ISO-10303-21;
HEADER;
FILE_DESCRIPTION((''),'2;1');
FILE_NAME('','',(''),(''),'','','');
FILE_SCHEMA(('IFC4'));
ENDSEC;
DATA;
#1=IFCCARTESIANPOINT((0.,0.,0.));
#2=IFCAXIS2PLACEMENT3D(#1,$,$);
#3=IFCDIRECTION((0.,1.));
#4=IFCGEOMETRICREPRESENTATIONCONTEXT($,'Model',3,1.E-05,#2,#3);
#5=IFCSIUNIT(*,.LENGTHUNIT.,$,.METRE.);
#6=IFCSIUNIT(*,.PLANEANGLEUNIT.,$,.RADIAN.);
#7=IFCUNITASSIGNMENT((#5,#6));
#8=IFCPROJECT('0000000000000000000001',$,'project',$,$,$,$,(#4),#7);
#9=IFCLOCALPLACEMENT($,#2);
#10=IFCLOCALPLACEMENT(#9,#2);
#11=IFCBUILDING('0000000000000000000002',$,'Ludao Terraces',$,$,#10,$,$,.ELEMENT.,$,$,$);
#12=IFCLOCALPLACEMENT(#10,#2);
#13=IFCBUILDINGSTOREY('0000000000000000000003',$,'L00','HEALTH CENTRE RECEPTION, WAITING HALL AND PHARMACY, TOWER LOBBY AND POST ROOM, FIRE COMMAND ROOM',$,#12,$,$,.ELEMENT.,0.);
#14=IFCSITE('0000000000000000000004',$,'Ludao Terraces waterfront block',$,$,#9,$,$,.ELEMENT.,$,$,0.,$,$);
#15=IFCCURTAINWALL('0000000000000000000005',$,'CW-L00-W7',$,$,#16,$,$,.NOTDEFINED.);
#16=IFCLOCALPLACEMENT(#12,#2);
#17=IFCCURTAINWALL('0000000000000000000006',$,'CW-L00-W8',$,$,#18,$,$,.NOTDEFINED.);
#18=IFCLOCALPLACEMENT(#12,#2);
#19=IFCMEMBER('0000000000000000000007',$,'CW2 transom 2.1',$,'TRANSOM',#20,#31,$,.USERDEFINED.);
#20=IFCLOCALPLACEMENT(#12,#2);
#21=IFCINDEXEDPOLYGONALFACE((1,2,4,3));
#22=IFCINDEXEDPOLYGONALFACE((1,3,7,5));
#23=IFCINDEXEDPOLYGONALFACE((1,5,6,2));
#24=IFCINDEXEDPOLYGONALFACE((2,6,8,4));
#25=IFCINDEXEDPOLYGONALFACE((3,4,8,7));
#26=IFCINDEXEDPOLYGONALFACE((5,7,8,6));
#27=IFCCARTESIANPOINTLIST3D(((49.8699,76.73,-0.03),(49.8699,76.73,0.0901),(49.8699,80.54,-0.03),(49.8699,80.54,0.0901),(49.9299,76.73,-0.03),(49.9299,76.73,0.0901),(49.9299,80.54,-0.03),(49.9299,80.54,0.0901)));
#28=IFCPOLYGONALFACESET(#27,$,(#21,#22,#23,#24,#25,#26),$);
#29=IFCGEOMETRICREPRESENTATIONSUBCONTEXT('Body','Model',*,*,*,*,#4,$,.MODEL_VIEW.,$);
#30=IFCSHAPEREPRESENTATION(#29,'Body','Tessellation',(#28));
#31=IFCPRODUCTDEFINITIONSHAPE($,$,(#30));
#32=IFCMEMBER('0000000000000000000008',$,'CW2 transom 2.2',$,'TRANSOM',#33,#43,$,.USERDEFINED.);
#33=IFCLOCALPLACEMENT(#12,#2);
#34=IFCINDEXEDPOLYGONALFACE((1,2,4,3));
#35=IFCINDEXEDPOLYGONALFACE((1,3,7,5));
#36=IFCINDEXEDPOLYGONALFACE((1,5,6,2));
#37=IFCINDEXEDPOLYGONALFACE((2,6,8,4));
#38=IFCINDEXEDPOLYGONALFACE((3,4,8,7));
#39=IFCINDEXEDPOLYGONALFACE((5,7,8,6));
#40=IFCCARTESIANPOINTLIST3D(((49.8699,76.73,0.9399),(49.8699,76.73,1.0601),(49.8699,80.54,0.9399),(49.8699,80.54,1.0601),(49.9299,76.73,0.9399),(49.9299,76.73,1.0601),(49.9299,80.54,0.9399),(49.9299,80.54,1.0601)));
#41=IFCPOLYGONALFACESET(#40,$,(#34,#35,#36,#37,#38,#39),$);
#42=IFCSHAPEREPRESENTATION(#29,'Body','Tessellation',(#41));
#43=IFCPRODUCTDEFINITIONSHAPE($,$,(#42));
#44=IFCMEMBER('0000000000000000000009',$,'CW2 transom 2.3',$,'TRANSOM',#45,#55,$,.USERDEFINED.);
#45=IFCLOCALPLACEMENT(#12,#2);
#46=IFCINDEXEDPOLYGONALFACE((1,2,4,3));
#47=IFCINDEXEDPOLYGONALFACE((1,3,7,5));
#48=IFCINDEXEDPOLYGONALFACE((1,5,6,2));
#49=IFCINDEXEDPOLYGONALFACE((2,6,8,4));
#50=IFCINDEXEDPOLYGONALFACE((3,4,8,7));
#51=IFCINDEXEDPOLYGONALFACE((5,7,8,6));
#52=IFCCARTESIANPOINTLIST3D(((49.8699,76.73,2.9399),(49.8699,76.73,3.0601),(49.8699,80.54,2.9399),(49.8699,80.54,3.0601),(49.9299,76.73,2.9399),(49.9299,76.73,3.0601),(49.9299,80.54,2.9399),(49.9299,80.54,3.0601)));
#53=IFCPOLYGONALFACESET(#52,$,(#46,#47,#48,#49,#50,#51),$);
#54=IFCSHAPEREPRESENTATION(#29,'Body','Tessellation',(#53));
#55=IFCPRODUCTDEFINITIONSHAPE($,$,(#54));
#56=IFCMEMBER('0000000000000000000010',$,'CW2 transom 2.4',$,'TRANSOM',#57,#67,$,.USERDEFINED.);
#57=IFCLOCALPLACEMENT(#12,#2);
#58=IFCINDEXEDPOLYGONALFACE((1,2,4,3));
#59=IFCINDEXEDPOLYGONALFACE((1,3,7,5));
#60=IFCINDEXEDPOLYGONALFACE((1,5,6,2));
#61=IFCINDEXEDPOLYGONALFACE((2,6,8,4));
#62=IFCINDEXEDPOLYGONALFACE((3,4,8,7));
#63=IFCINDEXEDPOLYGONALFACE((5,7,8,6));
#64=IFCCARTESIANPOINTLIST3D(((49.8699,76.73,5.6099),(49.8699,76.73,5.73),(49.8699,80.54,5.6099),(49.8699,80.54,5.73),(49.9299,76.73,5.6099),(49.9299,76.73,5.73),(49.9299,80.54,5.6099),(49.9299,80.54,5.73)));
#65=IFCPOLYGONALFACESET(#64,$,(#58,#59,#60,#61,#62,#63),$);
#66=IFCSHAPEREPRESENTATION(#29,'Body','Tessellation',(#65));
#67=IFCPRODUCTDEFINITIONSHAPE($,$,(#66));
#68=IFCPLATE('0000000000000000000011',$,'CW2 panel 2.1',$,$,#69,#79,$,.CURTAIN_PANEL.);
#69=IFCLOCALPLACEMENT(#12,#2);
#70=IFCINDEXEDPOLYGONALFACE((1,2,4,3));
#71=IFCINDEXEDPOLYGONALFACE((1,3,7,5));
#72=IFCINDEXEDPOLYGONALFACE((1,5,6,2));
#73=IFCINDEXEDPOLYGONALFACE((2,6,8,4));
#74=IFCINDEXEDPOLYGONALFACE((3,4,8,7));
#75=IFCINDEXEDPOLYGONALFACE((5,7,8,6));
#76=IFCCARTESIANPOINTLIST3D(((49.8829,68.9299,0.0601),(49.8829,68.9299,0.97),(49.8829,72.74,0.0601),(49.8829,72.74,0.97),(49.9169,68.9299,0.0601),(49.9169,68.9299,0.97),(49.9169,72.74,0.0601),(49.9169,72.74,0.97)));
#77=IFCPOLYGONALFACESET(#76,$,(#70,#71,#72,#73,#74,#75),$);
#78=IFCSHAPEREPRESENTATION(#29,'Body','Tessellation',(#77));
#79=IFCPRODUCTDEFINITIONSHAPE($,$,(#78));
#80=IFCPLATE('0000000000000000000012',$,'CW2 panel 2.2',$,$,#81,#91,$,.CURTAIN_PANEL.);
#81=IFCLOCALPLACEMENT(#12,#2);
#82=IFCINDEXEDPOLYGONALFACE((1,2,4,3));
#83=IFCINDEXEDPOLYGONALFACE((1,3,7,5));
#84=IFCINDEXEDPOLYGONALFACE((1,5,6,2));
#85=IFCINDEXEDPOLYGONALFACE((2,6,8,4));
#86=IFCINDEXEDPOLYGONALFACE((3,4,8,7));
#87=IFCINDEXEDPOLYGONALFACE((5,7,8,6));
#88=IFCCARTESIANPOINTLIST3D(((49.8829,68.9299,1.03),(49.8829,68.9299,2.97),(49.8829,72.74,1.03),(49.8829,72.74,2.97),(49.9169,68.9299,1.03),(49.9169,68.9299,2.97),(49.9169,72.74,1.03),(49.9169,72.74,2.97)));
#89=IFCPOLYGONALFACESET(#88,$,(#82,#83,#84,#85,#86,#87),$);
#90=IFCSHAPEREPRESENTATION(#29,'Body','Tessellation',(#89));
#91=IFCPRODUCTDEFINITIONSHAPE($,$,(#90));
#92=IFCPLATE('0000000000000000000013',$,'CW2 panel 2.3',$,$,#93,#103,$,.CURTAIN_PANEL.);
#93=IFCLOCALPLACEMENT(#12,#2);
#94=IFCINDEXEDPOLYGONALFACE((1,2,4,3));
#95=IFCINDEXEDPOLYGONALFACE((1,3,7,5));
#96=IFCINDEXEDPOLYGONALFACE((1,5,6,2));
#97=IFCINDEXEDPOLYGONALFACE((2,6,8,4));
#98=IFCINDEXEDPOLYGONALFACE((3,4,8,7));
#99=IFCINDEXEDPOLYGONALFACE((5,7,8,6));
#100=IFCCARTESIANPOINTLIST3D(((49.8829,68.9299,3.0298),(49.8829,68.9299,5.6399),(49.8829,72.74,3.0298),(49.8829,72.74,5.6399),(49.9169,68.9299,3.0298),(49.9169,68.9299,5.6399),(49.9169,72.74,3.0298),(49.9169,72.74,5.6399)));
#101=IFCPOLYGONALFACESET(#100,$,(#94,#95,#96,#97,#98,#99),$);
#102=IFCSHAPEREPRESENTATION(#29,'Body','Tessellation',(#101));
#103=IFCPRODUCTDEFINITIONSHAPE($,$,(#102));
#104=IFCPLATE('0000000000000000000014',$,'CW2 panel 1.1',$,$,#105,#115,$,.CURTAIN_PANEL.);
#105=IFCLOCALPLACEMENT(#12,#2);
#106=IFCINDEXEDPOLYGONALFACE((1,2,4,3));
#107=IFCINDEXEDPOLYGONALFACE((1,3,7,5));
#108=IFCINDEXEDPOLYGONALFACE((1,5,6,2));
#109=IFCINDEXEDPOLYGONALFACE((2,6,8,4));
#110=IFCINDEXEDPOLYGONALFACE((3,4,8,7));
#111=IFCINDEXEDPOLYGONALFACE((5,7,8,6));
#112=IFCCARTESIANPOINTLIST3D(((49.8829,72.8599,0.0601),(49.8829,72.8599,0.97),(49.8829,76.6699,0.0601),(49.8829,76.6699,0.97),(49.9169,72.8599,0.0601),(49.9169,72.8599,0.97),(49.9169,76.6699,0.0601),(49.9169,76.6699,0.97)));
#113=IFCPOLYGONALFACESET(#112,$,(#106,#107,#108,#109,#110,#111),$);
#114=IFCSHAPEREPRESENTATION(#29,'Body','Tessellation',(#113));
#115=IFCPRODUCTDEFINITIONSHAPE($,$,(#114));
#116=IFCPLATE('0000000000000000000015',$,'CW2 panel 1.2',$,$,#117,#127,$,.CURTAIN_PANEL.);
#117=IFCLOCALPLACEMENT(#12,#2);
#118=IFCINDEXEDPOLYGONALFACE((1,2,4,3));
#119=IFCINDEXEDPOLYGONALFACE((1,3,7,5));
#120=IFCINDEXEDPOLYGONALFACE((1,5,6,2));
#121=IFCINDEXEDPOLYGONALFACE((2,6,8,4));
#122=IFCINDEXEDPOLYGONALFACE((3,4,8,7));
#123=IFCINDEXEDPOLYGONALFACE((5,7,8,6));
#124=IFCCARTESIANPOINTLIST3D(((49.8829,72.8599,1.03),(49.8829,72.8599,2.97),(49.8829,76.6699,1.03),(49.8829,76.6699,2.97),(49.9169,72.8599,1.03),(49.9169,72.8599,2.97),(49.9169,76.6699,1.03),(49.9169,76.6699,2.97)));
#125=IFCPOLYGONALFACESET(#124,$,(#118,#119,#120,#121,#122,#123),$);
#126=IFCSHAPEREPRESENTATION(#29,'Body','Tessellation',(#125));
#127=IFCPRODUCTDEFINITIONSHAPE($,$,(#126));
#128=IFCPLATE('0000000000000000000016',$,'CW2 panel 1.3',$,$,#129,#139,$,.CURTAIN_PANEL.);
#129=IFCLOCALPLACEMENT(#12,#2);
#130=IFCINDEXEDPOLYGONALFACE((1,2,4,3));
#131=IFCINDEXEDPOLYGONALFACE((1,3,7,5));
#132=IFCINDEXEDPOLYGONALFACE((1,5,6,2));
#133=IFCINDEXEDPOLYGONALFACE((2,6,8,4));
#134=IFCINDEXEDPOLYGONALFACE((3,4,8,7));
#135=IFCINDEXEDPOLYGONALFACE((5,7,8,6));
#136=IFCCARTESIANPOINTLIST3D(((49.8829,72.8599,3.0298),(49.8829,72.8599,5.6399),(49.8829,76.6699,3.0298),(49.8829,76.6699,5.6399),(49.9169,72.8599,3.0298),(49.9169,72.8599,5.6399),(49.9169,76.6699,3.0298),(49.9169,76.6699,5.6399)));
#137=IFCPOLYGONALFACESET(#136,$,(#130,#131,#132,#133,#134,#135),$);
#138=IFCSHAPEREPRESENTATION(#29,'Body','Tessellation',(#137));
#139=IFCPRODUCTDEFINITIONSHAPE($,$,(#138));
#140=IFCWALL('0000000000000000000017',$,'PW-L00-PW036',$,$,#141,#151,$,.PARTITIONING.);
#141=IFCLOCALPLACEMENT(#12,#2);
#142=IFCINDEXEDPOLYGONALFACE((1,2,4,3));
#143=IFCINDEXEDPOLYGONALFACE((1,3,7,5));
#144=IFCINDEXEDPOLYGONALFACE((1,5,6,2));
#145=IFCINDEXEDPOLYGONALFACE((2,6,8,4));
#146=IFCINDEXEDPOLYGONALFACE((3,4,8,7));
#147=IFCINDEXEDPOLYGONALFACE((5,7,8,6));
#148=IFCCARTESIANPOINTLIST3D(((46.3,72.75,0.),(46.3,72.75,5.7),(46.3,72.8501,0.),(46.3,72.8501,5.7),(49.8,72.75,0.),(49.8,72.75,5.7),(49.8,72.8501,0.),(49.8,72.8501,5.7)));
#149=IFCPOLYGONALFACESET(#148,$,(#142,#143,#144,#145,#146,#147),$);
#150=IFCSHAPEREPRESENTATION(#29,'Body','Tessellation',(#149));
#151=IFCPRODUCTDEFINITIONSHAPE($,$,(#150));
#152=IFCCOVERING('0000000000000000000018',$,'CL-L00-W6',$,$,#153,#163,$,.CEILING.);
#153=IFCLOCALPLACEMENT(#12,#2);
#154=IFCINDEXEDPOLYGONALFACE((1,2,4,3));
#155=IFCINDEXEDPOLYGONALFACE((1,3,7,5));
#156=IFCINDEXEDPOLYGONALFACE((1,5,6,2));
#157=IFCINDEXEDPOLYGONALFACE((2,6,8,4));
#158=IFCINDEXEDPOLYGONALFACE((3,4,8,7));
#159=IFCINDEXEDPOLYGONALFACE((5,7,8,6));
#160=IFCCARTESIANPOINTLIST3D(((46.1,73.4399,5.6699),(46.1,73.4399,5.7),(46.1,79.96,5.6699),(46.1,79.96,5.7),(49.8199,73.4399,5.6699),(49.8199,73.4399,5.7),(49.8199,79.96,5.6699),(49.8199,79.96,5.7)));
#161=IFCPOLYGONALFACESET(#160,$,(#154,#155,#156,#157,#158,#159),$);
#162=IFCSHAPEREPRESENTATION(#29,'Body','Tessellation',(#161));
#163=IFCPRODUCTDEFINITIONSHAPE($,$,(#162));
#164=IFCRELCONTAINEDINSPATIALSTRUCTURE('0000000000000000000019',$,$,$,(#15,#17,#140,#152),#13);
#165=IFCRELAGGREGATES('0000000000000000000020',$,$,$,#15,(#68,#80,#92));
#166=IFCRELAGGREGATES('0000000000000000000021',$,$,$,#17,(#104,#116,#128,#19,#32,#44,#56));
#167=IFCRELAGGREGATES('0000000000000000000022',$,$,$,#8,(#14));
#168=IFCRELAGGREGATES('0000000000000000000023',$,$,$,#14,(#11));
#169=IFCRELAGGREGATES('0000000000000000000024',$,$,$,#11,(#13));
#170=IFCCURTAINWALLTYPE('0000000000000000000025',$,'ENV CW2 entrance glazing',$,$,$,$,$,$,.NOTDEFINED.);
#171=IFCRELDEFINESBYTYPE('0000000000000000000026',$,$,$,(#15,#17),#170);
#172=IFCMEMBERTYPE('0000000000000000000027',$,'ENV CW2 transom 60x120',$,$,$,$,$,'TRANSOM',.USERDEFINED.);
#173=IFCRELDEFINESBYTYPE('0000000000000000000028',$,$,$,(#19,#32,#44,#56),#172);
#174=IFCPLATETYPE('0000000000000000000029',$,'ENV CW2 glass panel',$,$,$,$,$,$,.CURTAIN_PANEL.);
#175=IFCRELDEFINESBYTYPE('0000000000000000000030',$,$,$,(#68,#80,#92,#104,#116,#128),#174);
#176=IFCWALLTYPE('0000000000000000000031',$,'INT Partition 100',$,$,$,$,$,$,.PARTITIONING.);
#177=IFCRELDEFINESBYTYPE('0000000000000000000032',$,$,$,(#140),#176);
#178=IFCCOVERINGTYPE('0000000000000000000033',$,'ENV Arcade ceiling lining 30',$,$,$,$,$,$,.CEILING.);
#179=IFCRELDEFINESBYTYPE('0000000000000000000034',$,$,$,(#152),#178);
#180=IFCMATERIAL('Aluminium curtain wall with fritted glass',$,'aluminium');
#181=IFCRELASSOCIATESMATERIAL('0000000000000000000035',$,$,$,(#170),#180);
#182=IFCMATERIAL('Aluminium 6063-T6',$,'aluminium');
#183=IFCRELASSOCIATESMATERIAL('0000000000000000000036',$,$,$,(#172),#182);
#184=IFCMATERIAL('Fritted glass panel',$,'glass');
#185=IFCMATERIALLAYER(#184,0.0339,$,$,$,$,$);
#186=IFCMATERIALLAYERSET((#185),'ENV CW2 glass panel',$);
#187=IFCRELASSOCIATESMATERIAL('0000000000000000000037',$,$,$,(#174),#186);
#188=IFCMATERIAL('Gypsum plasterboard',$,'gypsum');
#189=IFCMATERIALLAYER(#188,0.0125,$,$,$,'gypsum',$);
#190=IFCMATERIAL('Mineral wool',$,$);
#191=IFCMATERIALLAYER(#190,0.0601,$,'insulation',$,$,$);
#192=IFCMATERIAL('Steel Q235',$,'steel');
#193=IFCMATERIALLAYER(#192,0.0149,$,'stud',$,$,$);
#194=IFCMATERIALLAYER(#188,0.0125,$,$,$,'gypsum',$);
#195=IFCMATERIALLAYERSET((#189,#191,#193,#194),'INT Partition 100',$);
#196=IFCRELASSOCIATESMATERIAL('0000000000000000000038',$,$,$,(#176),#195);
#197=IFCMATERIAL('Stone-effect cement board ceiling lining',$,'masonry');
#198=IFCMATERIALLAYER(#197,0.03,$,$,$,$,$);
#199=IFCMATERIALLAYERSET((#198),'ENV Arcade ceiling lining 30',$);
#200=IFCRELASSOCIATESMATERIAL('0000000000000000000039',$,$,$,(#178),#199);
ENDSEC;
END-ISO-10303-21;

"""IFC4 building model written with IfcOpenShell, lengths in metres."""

from ifc_helpers import new_model, si_unit, direction, frame, frame_2d, origin, origin_2d, place, context, subcontext, project, spatial, rectangle, extrude, material, layer, layer_set, material_profile, profile_set, type_object, element, aggregate, save


model = new_model("IFC4")

# Units and contexts
model_context = context("Model", 3, precision=1e-05, world=origin(), true_north=direction((0.0, 1.0)))
body_context = subcontext(model_context, "Body", "Model", "MODEL_VIEW")
ifc_project = project(units=[si_unit("LENGTHUNIT", "METRE"), si_unit("PLANEANGLEUNIT", "RADIAN")], contexts=[model_context])

# Site, building, storey
site_placement = place(None, origin())
site = spatial("IfcSite", under=ifc_project, at=site_placement, Name="Ludao Terraces waterfront block", CompositionType="ELEMENT", RefElevation=0.0)
building_placement = place(site_placement, origin())
building = spatial("IfcBuilding", under=site, at=building_placement, Name="Ludao Terraces", CompositionType="ELEMENT")
storey_placement = place(building_placement, origin())
storey = spatial("IfcBuildingStorey", under=building, at=storey_placement, Name="L00", Description="HEALTH CENTRE RECEPTION, WAITING HALL AND PHARMACY, TOWER LOBBY AND POST ROOM, FIRE COMMAND ROOM", CompositionType="ELEMENT", Elevation=0.0)

# Curtain wall
ifc_material_1 = material(Name="Aluminium curtain wall with fritted glass", Category="aluminium")
curtain_wall_type = type_object("IfcCurtainWallType", Name="ENV CW2 entrance glazing", PredefinedType="NOTDEFINED", material=ifc_material_1)
curtain_wall_1_placement = place(storey_placement, origin())
curtain_wall_1 = element("IfcCurtainWall", 1, at=curtain_wall_1_placement, inside=storey, type_object=curtain_wall_type, Name="CW-L00-W7", PredefinedType="NOTDEFINED")
ifc_material_2 = material(Name="Aluminium 6063-T6", Category="aluminium")

# Curtain wall
curtain_wall_2_placement = place(storey_placement, origin())
curtain_wall_2 = element("IfcCurtainWall", 2, at=curtain_wall_2_placement, inside=storey, type_object=curtain_wall_type, Name="CW-L00-W8", PredefinedType="NOTDEFINED")

# Members
ifc_material_profile_1 = material_profile(ifc_material_2, rectangle(XDim=0.0601, YDim=0.1201, at=origin_2d()), Name="60 X 120")
ifc_profile_set_1 = profile_set([ifc_material_profile_1], Name="Aluminium 6063-T6")
member_type_1 = type_object("IfcMemberType", Name="ENV CW2 transom 60x120", ElementType="TRANSOM", PredefinedType="USERDEFINED", material=ifc_profile_set_1)
member_1_placement = place(storey_placement, frame((49.8999, 76.73, 0.03), z_axis=(0.0, 1.0, 0.0), x_axis=(-1.0, 0.0, 0.0)))
member_1 = element("IfcMember", 3, at=member_1_placement, type_object=member_type_1, Name="CW2 transom 2.1", ObjectType="TRANSOM", PredefinedType="USERDEFINED", context=body_context, shape_type="SweptSolid", body=[
    extrude(rectangle(XDim=0.0601, YDim=0.1201, at=origin_2d()), origin(), (0.0, 0.0, 1.0), 3.8101),
])
member_2_placement = place(storey_placement, frame((49.8999, 76.73, 1.0), z_axis=(0.0, 1.0, 0.0), x_axis=(-1.0, 0.0, 0.0)))
member_2 = element("IfcMember", 4, at=member_2_placement, type_object=member_type_1, Name="CW2 transom 2.2", ObjectType="TRANSOM", PredefinedType="USERDEFINED", context=body_context, shape_type="SweptSolid", body=[
    extrude(rectangle(XDim=0.0601, YDim=0.1201, at=origin_2d()), origin(), (0.0, 0.0, 1.0), 3.8101),
])
member_3_placement = place(storey_placement, frame((49.8999, 76.73, 3.0), z_axis=(0.0, 1.0, 0.0), x_axis=(-1.0, 0.0, 0.0)))
member_3 = element("IfcMember", 5, at=member_3_placement, type_object=member_type_1, Name="CW2 transom 2.3", ObjectType="TRANSOM", PredefinedType="USERDEFINED", context=body_context, shape_type="SweptSolid", body=[
    extrude(rectangle(XDim=0.0601, YDim=0.1201, at=origin_2d()), origin(), (0.0, 0.0, 1.0), 3.8101),
])
member_4_placement = place(storey_placement, frame((49.8999, 76.73, 5.6699), z_axis=(0.0, 1.0, 0.0), x_axis=(-1.0, 0.0, 0.0)))
member_4 = element("IfcMember", 6, at=member_4_placement, type_object=member_type_1, Name="CW2 transom 2.4", ObjectType="TRANSOM", PredefinedType="USERDEFINED", context=body_context, shape_type="SweptSolid", body=[
    extrude(rectangle(XDim=0.0601, YDim=0.1201, at=origin_2d()), origin(), (0.0, 0.0, 1.0), 3.8101),
])

# Plates
ifc_material_3 = material(Name="Fritted glass panel", Category="glass")
ifc_layer_1 = layer(ifc_material_3, 0.0339)
ifc_layer_set_1 = layer_set([ifc_layer_1], Name="ENV CW2 glass panel")
plate_type = type_object("IfcPlateType", Name="ENV CW2 glass panel", PredefinedType="CURTAIN_PANEL", material=ifc_layer_set_1)
plate_1_placement = place(storey_placement, frame((49.8999, 70.835, 0.0601), z_axis=(0.0, 0.0, 1.0), x_axis=(0.0, 1.0, 0.0)))
plate_1 = element("IfcPlate", 7, at=plate_1_placement, type_object=plate_type, Name="CW2 panel 2.1", PredefinedType="CURTAIN_PANEL", context=body_context, shape_type="SweptSolid", body=[
    extrude(rectangle(XDim=3.8101, YDim=0.0339, at=origin_2d()), origin(), (0.0, 0.0, 1.0), 0.9099),
])
plate_2_placement = place(storey_placement, frame((49.8999, 70.835, 1.03), z_axis=(0.0, 0.0, 1.0), x_axis=(0.0, 1.0, 0.0)))
plate_2 = element("IfcPlate", 8, at=plate_2_placement, type_object=plate_type, Name="CW2 panel 2.2", PredefinedType="CURTAIN_PANEL", context=body_context, shape_type="SweptSolid", body=[
    extrude(rectangle(XDim=3.8101, YDim=0.0339, at=origin_2d()), origin(), (0.0, 0.0, 1.0), 1.9399),
])
plate_3_placement = place(storey_placement, frame((49.8999, 70.835, 3.0298), z_axis=(0.0, 0.0, 1.0), x_axis=(0.0, 1.0, 0.0)))
plate_3 = element("IfcPlate", 9, at=plate_3_placement, type_object=plate_type, Name="CW2 panel 2.3", PredefinedType="CURTAIN_PANEL", context=body_context, shape_type="SweptSolid", body=[
    extrude(rectangle(XDim=3.8101, YDim=0.0339, at=origin_2d()), origin(), (0.0, 0.0, 1.0), 2.6101),
])
aggregate(curtain_wall_1, [plate_1, plate_2, plate_3])
plate_4_placement = place(storey_placement, frame((49.8999, 74.7649, 0.0601), z_axis=(0.0, 0.0, 1.0), x_axis=(0.0, 1.0, 0.0)))
plate_4 = element("IfcPlate", 10, at=plate_4_placement, type_object=plate_type, Name="CW2 panel 1.1", PredefinedType="CURTAIN_PANEL", context=body_context, shape_type="SweptSolid", body=[
    extrude(rectangle(XDim=3.8101, YDim=0.0339, at=origin_2d()), origin(), (0.0, 0.0, 1.0), 0.9099),
])
plate_5_placement = place(storey_placement, frame((49.8999, 74.7649, 1.03), z_axis=(0.0, 0.0, 1.0), x_axis=(0.0, 1.0, 0.0)))
plate_5 = element("IfcPlate", 11, at=plate_5_placement, type_object=plate_type, Name="CW2 panel 1.2", PredefinedType="CURTAIN_PANEL", context=body_context, shape_type="SweptSolid", body=[
    extrude(rectangle(XDim=3.8101, YDim=0.0339, at=origin_2d()), origin(), (0.0, 0.0, 1.0), 1.9399),
])
plate_6_placement = place(storey_placement, frame((49.8999, 74.7649, 3.0298), z_axis=(0.0, 0.0, 1.0), x_axis=(0.0, 1.0, 0.0)))
plate_6 = element("IfcPlate", 12, at=plate_6_placement, type_object=plate_type, Name="CW2 panel 1.3", PredefinedType="CURTAIN_PANEL", context=body_context, shape_type="SweptSolid", body=[
    extrude(rectangle(XDim=3.8101, YDim=0.0339, at=origin_2d()), origin(), (0.0, 0.0, 1.0), 2.6101),
])
aggregate(curtain_wall_2, [plate_4, plate_5, plate_6, member_1, member_2, member_3, member_4])

# Wall
ifc_material_4 = material(Name="Gypsum plasterboard", Category="gypsum")
ifc_layer_2 = layer(ifc_material_4, 0.0125, Category="gypsum")
ifc_material_5 = material(Name="Mineral wool")
ifc_layer_3 = layer(ifc_material_5, 0.0601, Name="insulation")
ifc_material_6 = material(Name="Steel Q235", Category="steel")
ifc_layer_4 = layer(ifc_material_6, 0.0149, Name="stud")
ifc_layer_5 = layer(ifc_material_4, 0.0125, Category="gypsum")
ifc_layer_set_2 = layer_set([ifc_layer_2, ifc_layer_3, ifc_layer_4, ifc_layer_5], Name="INT Partition 100")
wall_type = type_object("IfcWallType", Name="INT Partition 100", PredefinedType="PARTITIONING", material=ifc_layer_set_2)
wall_placement = place(storey_placement, frame((46.3, 72.8, 0.0), z_axis=(0.0, 0.0, 1.0), x_axis=(1.0, 0.0, 0.0)))
element("IfcWall", 13, at=wall_placement, inside=storey, type_object=wall_type, Name="PW-L00-PW036", PredefinedType="PARTITIONING", context=body_context, shape_type="SweptSolid", body=[
    extrude(rectangle(XDim=3.5, YDim=0.1001, at=frame_2d((1.75, 0.0))), origin(), (0.0, 0.0, 1.0), 5.7),
])

# Covering
ifc_material_7 = material(Name="Stone-effect cement board ceiling lining", Category="masonry")
ifc_layer_6 = layer(ifc_material_7, 0.03)
ifc_layer_set_3 = layer_set([ifc_layer_6], Name="ENV Arcade ceiling lining 30")
covering_type = type_object("IfcCoveringType", Name="ENV Arcade ceiling lining 30", PredefinedType="CEILING", material=ifc_layer_set_3)
covering_placement = place(storey_placement, frame((47.96, 76.7, 5.6699), z_axis=(0.0, 0.0, 1.0), x_axis=(1.0, 0.0, 0.0)))
element("IfcCovering", 14, at=covering_placement, inside=storey, type_object=covering_type, Name="CL-L00-W6", PredefinedType="CEILING", context=body_context, shape_type="SweptSolid", body=[
    extrude(rectangle(XDim=3.72, YDim=6.52, at=origin_2d()), origin(), (0.0, 0.0, 1.0), 0.03),
])

save(model, "model.ifc")
